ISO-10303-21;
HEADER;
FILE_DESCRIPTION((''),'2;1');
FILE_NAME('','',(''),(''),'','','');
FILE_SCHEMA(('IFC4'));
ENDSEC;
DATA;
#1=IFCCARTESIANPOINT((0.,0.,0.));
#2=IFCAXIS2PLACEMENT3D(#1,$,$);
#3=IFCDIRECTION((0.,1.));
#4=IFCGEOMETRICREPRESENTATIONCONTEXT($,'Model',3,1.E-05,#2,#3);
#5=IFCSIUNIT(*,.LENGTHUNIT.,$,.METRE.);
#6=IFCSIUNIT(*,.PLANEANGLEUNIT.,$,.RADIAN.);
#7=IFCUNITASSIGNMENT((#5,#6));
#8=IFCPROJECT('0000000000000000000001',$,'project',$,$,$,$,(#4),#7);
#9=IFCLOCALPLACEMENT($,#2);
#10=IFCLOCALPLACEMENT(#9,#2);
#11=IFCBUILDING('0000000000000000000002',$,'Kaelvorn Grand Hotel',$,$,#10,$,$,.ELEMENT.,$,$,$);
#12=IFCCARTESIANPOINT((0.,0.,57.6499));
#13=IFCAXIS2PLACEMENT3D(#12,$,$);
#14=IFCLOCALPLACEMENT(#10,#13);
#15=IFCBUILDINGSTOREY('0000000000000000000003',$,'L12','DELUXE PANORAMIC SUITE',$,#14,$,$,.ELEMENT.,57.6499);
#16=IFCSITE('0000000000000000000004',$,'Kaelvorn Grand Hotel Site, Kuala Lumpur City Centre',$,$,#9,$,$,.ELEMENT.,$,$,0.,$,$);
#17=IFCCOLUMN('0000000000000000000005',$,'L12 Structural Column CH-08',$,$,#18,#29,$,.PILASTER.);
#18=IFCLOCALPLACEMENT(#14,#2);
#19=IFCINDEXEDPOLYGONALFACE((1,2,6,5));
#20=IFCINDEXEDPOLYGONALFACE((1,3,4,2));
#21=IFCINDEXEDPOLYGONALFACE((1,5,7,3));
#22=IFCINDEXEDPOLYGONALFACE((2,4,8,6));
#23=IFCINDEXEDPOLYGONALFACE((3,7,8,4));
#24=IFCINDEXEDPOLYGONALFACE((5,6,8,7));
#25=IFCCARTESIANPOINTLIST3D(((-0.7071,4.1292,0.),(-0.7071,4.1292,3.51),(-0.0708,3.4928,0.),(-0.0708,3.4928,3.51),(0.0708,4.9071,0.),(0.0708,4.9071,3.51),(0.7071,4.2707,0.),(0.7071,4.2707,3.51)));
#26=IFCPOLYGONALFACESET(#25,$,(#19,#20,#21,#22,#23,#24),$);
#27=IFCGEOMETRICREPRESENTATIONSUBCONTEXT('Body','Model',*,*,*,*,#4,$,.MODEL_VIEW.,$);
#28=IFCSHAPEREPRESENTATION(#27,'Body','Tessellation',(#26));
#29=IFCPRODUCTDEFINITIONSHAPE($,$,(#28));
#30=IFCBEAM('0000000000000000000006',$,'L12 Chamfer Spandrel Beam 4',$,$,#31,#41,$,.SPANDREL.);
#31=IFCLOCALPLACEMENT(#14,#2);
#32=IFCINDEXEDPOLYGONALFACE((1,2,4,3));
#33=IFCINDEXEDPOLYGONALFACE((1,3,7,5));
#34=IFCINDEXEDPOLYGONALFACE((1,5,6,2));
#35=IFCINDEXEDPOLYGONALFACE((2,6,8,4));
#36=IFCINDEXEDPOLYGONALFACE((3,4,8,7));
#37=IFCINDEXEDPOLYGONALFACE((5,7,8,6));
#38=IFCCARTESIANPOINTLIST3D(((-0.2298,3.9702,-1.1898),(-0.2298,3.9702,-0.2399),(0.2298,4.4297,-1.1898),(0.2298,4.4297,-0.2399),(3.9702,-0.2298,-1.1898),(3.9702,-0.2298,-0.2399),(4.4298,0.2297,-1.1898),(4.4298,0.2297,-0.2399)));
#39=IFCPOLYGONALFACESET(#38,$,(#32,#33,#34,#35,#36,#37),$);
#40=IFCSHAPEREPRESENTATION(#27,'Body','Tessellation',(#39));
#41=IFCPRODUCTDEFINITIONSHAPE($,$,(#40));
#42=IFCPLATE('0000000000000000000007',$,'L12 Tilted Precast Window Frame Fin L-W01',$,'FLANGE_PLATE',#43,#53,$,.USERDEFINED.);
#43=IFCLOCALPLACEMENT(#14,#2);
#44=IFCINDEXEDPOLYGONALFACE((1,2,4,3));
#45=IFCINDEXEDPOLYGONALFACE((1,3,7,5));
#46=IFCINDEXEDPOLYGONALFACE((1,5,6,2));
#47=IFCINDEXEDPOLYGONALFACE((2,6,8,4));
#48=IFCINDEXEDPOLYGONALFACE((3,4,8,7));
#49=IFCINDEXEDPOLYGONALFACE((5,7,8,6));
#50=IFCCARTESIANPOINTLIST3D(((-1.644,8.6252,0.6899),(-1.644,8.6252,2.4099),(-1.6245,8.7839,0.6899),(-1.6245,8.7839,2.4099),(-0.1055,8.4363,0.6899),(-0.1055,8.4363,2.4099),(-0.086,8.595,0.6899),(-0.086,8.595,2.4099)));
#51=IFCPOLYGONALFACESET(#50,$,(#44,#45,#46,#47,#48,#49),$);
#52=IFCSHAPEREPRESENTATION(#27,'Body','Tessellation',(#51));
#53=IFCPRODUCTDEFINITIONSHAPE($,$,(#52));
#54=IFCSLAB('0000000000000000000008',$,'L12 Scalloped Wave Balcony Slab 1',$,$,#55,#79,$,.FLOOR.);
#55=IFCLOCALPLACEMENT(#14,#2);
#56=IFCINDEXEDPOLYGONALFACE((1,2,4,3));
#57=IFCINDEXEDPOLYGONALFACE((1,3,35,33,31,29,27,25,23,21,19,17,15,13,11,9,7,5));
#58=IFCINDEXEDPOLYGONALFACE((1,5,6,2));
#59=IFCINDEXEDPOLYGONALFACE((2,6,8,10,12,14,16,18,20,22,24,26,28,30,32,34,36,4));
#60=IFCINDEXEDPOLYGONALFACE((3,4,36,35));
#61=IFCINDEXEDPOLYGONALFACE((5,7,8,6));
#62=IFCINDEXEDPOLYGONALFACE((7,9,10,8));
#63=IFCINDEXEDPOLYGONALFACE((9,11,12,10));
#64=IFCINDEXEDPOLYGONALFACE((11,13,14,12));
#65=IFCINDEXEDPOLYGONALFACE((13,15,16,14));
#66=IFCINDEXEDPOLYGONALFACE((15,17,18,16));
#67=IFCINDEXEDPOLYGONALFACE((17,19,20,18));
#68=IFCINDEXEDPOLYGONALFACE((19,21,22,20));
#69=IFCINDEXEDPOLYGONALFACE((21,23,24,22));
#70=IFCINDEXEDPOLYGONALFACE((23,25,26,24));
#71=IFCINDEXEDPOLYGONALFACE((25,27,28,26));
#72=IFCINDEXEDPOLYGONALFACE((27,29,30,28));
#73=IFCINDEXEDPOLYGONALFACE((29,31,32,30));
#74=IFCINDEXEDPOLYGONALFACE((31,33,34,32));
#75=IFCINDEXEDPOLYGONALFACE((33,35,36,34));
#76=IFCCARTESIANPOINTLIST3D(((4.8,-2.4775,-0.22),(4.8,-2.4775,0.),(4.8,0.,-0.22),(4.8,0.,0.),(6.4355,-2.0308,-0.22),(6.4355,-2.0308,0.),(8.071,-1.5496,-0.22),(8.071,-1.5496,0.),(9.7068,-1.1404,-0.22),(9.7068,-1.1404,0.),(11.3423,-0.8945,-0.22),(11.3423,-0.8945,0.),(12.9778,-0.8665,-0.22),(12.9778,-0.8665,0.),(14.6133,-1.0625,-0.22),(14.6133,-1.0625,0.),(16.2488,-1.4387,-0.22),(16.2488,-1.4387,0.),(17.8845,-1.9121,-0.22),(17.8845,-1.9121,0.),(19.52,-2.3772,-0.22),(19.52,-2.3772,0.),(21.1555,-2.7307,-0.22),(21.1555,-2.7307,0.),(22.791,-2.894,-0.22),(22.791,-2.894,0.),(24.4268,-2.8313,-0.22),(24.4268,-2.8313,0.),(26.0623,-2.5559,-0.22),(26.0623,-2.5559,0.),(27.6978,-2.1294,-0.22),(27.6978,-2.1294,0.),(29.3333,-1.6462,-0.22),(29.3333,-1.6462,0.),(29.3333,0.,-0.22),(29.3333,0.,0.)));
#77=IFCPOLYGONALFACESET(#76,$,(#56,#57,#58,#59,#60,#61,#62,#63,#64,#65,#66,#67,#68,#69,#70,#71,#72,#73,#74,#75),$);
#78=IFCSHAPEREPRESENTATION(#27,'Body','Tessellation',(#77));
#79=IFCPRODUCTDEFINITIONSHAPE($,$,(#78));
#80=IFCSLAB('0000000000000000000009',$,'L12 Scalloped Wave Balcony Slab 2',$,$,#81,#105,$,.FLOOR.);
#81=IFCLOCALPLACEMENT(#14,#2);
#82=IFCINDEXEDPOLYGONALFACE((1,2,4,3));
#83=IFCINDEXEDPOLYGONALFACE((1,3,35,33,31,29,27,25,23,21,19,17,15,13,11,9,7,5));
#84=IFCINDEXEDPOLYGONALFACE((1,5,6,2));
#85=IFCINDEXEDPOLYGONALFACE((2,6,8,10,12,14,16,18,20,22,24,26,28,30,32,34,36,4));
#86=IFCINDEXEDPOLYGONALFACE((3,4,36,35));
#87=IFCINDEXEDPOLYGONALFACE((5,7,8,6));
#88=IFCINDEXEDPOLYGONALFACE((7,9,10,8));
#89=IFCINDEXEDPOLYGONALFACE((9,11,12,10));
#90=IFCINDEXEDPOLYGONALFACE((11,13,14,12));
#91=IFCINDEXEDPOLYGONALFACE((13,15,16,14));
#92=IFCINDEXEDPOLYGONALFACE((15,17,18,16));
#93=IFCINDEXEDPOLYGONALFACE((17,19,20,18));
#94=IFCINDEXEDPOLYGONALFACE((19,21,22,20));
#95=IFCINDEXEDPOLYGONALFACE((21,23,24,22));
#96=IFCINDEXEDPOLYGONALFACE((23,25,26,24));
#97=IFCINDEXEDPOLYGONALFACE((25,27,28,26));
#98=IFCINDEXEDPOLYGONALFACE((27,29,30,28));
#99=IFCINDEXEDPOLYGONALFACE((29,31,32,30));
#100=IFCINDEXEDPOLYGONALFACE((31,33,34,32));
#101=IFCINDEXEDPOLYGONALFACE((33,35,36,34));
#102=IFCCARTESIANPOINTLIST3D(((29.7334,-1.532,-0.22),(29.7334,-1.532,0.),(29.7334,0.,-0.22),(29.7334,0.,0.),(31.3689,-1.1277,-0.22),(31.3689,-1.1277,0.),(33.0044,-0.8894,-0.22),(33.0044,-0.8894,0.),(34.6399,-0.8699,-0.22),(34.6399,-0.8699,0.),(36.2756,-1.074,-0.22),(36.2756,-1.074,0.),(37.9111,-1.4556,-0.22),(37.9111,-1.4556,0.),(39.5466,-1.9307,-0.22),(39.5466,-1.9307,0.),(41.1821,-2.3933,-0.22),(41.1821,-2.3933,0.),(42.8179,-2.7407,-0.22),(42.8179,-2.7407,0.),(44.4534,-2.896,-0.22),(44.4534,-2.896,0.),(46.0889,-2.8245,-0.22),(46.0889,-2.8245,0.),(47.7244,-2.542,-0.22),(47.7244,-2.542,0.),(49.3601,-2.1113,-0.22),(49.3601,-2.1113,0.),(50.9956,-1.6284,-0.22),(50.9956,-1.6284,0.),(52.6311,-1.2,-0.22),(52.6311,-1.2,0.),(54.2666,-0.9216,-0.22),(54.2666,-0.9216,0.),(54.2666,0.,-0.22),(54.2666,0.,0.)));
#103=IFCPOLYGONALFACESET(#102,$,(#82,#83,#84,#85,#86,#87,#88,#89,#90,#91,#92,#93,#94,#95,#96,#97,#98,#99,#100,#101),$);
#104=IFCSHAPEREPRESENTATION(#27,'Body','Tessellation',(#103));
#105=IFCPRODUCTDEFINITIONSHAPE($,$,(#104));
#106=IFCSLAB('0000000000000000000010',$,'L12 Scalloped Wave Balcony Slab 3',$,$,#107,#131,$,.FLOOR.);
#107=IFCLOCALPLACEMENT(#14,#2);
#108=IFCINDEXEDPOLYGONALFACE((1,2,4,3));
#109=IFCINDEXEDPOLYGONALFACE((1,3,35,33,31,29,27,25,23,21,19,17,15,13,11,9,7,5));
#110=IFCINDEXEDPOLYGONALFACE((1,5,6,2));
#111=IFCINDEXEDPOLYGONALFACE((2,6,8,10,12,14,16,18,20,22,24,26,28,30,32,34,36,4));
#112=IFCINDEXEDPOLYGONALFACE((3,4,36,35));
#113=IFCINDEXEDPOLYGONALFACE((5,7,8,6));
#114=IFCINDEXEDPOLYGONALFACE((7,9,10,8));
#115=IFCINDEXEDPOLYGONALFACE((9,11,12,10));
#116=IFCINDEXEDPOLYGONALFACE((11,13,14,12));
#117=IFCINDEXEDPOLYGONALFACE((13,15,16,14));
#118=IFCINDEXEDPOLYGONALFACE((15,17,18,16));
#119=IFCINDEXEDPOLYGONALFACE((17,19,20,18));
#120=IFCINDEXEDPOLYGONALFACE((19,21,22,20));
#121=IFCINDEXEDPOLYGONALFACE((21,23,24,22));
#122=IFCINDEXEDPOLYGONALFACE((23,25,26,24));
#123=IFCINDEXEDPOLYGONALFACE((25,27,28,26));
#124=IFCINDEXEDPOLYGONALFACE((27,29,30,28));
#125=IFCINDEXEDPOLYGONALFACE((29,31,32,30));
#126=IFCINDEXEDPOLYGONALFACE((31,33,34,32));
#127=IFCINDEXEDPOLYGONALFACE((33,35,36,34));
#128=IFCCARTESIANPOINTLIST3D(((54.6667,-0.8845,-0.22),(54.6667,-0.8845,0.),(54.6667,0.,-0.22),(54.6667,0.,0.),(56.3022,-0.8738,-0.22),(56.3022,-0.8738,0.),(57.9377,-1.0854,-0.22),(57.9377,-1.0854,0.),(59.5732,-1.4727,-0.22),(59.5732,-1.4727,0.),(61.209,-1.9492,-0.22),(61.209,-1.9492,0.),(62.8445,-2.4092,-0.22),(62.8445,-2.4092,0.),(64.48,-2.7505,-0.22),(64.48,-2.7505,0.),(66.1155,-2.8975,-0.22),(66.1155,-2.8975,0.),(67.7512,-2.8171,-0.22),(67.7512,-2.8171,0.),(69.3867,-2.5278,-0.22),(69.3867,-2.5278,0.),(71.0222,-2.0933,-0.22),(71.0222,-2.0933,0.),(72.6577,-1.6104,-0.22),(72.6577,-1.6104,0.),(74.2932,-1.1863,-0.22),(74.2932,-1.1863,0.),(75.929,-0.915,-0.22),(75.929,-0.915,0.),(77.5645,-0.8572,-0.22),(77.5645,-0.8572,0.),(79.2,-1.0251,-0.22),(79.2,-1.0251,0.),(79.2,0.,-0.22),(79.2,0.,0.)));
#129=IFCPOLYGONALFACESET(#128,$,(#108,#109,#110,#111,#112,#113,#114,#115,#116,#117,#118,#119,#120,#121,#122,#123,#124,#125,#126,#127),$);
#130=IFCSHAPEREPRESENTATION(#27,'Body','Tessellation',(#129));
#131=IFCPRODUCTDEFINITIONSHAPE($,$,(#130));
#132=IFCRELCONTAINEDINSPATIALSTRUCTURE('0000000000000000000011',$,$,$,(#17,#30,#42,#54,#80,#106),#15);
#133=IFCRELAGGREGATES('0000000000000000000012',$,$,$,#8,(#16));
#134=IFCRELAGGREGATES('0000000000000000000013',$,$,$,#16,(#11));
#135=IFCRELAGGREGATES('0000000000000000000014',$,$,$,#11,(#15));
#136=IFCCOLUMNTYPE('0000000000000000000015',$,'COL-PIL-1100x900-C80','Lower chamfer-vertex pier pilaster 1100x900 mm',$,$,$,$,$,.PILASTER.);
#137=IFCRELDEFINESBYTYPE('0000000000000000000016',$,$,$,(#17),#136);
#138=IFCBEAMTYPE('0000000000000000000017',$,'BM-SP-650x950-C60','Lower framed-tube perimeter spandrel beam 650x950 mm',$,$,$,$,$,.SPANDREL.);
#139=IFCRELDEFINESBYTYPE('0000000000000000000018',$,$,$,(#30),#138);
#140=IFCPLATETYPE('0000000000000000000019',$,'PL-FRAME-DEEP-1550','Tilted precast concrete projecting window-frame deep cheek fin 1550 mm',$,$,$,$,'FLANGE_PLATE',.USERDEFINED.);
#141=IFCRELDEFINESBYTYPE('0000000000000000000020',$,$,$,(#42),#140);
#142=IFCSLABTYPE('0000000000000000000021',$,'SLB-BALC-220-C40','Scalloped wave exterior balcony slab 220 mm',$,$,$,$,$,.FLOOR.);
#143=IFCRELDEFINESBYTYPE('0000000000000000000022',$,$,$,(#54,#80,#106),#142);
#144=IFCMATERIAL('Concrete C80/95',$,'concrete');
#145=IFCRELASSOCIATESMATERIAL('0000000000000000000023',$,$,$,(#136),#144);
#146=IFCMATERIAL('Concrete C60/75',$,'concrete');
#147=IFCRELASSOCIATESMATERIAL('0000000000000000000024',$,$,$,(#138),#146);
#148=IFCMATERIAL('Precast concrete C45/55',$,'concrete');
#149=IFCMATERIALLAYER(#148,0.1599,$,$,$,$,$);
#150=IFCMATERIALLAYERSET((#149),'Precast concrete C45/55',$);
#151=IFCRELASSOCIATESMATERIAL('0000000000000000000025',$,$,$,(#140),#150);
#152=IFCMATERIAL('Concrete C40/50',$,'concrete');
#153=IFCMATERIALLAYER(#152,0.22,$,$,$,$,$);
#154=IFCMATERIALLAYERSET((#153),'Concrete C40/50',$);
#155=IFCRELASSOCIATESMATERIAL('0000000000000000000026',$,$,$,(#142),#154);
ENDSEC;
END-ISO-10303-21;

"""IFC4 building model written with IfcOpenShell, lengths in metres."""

from ifc_helpers import new_model, si_unit, direction, frame, origin, origin_2d, place, context, subcontext, project, spatial, polyline, rectangle, outline, extrude, material, layer, layer_set, material_profile, profile_set, type_object, element, save


model = new_model("IFC4")

# Units and contexts
model_context = context("Model", 3, precision=1e-05, world=origin(), true_north=direction((0.0, 1.0)))
body_context = subcontext(model_context, "Body", "Model", "MODEL_VIEW")
ifc_project = project(units=[si_unit("LENGTHUNIT", "METRE"), si_unit("PLANEANGLEUNIT", "RADIAN")], contexts=[model_context])

# Site, building, storey
site_placement = place(None, origin())
site = spatial("IfcSite", under=ifc_project, at=site_placement, Name="Kaelvorn Grand Hotel Site, Kuala Lumpur City Centre", CompositionType="ELEMENT", RefElevation=0.0)
building_placement = place(site_placement, origin())
building = spatial("IfcBuilding", under=site, at=building_placement, Name="Kaelvorn Grand Hotel", CompositionType="ELEMENT")
storey_placement = place(building_placement, frame((0.0, 0.0, 57.6499)))
storey = spatial("IfcBuildingStorey", under=building, at=storey_placement, Name="L12", Description="DELUXE PANORAMIC SUITE", CompositionType="ELEMENT", Elevation=57.6499)

# Column
ifc_material_1 = material(Name="Concrete C80/95", Category="concrete")
ifc_material_profile_1 = material_profile(ifc_material_1, rectangle(XDim=1.1001, YDim=0.8999, at=origin_2d()), Name="RC PILASTER 1100x900")
ifc_profile_set_1 = profile_set([ifc_material_profile_1], Name="Concrete C80/95")
column_type = type_object("IfcColumnType", Name="COL-PIL-1100x900-C80", Description="Lower chamfer-vertex pier pilaster 1100x900 mm", PredefinedType="PILASTER", material=ifc_profile_set_1)
column_placement = place(storey_placement, frame((0.0, 4.2, 0.0), z_axis=(0.0, 0.0, 1.0), x_axis=(0.707107, 0.707107, 0.0)))
element("IfcColumn", 1, at=column_placement, inside=storey, type_object=column_type, Name="L12 Structural Column CH-08", PredefinedType="PILASTER", context=body_context, shape_type="SweptSolid", body=[
    extrude(rectangle(XDim=1.1001, YDim=0.8999, at=origin_2d()), origin(), (0.0, 0.0, 1.0), 3.51),
])

# Beam
ifc_material_2 = material(Name="Concrete C60/75", Category="concrete")
ifc_material_profile_2 = material_profile(ifc_material_2, rectangle(XDim=0.6499, YDim=0.95, at=origin_2d()), Name="RC SPANDREL 650x950")
ifc_profile_set_2 = profile_set([ifc_material_profile_2], Name="Concrete C60/75")
beam_type = type_object("IfcBeamType", Name="BM-SP-650x950-C60", Description="Lower framed-tube perimeter spandrel beam 650x950 mm", PredefinedType="SPANDREL", material=ifc_profile_set_2)
beam_placement = place(storey_placement, frame((0.0, 4.2, -0.7148), z_axis=(0.707107, -0.707107, 0.0), x_axis=(0.707107, 0.707107, 0.0)))
element("IfcBeam", 2, at=beam_placement, inside=storey, type_object=beam_type, Name="L12 Chamfer Spandrel Beam 4", PredefinedType="SPANDREL", context=body_context, shape_type="SweptSolid", body=[
    extrude(rectangle(XDim=0.6499, YDim=0.95, at=origin_2d()), origin(), (0.0, 0.0, 1.0), 5.9397),
])

# Plate
ifc_material_3 = material(Name="Precast concrete C45/55", Category="concrete")
ifc_layer_1 = layer(ifc_material_3, 0.1599)
ifc_layer_set_1 = layer_set([ifc_layer_1], Name="Precast concrete C45/55")
plate_type = type_object("IfcPlateType", Name="PL-FRAME-DEEP-1550", Description="Tilted precast concrete projecting window-frame deep cheek fin 1550 mm", ElementType="FLANGE_PLATE", PredefinedType="USERDEFINED", material=ifc_layer_set_1)
plate_placement = place(storey_placement, frame((-0.865, 8.6101, 0.6899), z_axis=(0.0, 0.0, 1.0), x_axis=(0.121869, 0.992546, 0.0)))
element("IfcPlate", 3, at=plate_placement, inside=storey, type_object=plate_type, Name="L12 Tilted Precast Window Frame Fin L-W01", ObjectType="FLANGE_PLATE", PredefinedType="USERDEFINED", context=body_context, shape_type="SweptSolid", body=[
    extrude(rectangle(XDim=0.1599, YDim=1.55, at=origin_2d()), origin(), (0.0, 0.0, 1.0), 1.72),
])

# Slabs
ifc_material_4 = material(Name="Concrete C40/50", Category="concrete")
ifc_layer_2 = layer(ifc_material_4, 0.22)
ifc_layer_set_2 = layer_set([ifc_layer_2], Name="Concrete C40/50")
slab_type_1 = type_object("IfcSlabType", Name="SLB-BALC-220-C40", Description="Scalloped wave exterior balcony slab 220 mm", PredefinedType="FLOOR", material=ifc_layer_set_2)
slab_1_placement = place(storey_placement, frame((0.0, 0.0, -0.22)))
element("IfcSlab", 4, at=slab_1_placement, inside=storey, type_object=slab_type_1, Name="L12 Scalloped Wave Balcony Slab 1", PredefinedType="FLOOR", context=body_context, shape_type="SweptSolid", body=[
    extrude(outline(polyline([(4.8, -2.4775), (6.4355, -2.0308), (8.071, -1.5496), (9.7068, -1.1404), (11.3423, -0.8945), (12.9778, -0.8665), (14.6133, -1.0625), (16.2488, -1.4387), (17.8845, -1.9121), (19.52, -2.3772), (21.1555, -2.7307), (22.791, -2.894), (24.4268, -2.8313), (26.0623, -2.5559), (27.6978, -2.1294), (29.3333, -1.6462), (29.3333, 0.0), (4.8, 0.0), (4.8, -2.4775)])), origin(), (0.0, 0.0, 1.0), 0.22),
])
slab_2_placement = place(storey_placement, frame((0.0, 0.0, -0.22)))
element("IfcSlab", 5, at=slab_2_placement, inside=storey, type_object=slab_type_1, Name="L12 Scalloped Wave Balcony Slab 2", PredefinedType="FLOOR", context=body_context, shape_type="SweptSolid", body=[
    extrude(outline(polyline([(29.7334, -1.532), (31.3689, -1.1277), (33.0044, -0.8894), (34.6399, -0.8699), (36.2756, -1.074), (37.9111, -1.4556), (39.5466, -1.9307), (41.1821, -2.3933), (42.8179, -2.7407), (44.4534, -2.896), (46.0889, -2.8245), (47.7244, -2.542), (49.3601, -2.1113), (50.9956, -1.6284), (52.6311, -1.2), (54.2666, -0.9216), (54.2666, 0.0), (29.7334, 0.0), (29.7334, -1.532)])), origin(), (0.0, 0.0, 1.0), 0.22),
])
slab_3_placement = place(storey_placement, frame((0.0, 0.0, -0.22)))
element("IfcSlab", 6, at=slab_3_placement, inside=storey, type_object=slab_type_1, Name="L12 Scalloped Wave Balcony Slab 3", PredefinedType="FLOOR", context=body_context, shape_type="SweptSolid", body=[
    extrude(outline(polyline([(54.6667, -0.8845), (56.3022, -0.8738), (57.9377, -1.0854), (59.5732, -1.4727), (61.209, -1.9492), (62.8445, -2.4092), (64.48, -2.7505), (66.1155, -2.8975), (67.7512, -2.8171), (69.3867, -2.5278), (71.0222, -2.0933), (72.6577, -1.6104), (74.2932, -1.1863), (75.929, -0.915), (77.5645, -0.8572), (79.2, -1.0251), (79.2, 0.0), (54.6667, 0.0), (54.6667, -0.8845)])), origin(), (0.0, 0.0, 1.0), 0.22),
])

save(model, "model.ifc")
